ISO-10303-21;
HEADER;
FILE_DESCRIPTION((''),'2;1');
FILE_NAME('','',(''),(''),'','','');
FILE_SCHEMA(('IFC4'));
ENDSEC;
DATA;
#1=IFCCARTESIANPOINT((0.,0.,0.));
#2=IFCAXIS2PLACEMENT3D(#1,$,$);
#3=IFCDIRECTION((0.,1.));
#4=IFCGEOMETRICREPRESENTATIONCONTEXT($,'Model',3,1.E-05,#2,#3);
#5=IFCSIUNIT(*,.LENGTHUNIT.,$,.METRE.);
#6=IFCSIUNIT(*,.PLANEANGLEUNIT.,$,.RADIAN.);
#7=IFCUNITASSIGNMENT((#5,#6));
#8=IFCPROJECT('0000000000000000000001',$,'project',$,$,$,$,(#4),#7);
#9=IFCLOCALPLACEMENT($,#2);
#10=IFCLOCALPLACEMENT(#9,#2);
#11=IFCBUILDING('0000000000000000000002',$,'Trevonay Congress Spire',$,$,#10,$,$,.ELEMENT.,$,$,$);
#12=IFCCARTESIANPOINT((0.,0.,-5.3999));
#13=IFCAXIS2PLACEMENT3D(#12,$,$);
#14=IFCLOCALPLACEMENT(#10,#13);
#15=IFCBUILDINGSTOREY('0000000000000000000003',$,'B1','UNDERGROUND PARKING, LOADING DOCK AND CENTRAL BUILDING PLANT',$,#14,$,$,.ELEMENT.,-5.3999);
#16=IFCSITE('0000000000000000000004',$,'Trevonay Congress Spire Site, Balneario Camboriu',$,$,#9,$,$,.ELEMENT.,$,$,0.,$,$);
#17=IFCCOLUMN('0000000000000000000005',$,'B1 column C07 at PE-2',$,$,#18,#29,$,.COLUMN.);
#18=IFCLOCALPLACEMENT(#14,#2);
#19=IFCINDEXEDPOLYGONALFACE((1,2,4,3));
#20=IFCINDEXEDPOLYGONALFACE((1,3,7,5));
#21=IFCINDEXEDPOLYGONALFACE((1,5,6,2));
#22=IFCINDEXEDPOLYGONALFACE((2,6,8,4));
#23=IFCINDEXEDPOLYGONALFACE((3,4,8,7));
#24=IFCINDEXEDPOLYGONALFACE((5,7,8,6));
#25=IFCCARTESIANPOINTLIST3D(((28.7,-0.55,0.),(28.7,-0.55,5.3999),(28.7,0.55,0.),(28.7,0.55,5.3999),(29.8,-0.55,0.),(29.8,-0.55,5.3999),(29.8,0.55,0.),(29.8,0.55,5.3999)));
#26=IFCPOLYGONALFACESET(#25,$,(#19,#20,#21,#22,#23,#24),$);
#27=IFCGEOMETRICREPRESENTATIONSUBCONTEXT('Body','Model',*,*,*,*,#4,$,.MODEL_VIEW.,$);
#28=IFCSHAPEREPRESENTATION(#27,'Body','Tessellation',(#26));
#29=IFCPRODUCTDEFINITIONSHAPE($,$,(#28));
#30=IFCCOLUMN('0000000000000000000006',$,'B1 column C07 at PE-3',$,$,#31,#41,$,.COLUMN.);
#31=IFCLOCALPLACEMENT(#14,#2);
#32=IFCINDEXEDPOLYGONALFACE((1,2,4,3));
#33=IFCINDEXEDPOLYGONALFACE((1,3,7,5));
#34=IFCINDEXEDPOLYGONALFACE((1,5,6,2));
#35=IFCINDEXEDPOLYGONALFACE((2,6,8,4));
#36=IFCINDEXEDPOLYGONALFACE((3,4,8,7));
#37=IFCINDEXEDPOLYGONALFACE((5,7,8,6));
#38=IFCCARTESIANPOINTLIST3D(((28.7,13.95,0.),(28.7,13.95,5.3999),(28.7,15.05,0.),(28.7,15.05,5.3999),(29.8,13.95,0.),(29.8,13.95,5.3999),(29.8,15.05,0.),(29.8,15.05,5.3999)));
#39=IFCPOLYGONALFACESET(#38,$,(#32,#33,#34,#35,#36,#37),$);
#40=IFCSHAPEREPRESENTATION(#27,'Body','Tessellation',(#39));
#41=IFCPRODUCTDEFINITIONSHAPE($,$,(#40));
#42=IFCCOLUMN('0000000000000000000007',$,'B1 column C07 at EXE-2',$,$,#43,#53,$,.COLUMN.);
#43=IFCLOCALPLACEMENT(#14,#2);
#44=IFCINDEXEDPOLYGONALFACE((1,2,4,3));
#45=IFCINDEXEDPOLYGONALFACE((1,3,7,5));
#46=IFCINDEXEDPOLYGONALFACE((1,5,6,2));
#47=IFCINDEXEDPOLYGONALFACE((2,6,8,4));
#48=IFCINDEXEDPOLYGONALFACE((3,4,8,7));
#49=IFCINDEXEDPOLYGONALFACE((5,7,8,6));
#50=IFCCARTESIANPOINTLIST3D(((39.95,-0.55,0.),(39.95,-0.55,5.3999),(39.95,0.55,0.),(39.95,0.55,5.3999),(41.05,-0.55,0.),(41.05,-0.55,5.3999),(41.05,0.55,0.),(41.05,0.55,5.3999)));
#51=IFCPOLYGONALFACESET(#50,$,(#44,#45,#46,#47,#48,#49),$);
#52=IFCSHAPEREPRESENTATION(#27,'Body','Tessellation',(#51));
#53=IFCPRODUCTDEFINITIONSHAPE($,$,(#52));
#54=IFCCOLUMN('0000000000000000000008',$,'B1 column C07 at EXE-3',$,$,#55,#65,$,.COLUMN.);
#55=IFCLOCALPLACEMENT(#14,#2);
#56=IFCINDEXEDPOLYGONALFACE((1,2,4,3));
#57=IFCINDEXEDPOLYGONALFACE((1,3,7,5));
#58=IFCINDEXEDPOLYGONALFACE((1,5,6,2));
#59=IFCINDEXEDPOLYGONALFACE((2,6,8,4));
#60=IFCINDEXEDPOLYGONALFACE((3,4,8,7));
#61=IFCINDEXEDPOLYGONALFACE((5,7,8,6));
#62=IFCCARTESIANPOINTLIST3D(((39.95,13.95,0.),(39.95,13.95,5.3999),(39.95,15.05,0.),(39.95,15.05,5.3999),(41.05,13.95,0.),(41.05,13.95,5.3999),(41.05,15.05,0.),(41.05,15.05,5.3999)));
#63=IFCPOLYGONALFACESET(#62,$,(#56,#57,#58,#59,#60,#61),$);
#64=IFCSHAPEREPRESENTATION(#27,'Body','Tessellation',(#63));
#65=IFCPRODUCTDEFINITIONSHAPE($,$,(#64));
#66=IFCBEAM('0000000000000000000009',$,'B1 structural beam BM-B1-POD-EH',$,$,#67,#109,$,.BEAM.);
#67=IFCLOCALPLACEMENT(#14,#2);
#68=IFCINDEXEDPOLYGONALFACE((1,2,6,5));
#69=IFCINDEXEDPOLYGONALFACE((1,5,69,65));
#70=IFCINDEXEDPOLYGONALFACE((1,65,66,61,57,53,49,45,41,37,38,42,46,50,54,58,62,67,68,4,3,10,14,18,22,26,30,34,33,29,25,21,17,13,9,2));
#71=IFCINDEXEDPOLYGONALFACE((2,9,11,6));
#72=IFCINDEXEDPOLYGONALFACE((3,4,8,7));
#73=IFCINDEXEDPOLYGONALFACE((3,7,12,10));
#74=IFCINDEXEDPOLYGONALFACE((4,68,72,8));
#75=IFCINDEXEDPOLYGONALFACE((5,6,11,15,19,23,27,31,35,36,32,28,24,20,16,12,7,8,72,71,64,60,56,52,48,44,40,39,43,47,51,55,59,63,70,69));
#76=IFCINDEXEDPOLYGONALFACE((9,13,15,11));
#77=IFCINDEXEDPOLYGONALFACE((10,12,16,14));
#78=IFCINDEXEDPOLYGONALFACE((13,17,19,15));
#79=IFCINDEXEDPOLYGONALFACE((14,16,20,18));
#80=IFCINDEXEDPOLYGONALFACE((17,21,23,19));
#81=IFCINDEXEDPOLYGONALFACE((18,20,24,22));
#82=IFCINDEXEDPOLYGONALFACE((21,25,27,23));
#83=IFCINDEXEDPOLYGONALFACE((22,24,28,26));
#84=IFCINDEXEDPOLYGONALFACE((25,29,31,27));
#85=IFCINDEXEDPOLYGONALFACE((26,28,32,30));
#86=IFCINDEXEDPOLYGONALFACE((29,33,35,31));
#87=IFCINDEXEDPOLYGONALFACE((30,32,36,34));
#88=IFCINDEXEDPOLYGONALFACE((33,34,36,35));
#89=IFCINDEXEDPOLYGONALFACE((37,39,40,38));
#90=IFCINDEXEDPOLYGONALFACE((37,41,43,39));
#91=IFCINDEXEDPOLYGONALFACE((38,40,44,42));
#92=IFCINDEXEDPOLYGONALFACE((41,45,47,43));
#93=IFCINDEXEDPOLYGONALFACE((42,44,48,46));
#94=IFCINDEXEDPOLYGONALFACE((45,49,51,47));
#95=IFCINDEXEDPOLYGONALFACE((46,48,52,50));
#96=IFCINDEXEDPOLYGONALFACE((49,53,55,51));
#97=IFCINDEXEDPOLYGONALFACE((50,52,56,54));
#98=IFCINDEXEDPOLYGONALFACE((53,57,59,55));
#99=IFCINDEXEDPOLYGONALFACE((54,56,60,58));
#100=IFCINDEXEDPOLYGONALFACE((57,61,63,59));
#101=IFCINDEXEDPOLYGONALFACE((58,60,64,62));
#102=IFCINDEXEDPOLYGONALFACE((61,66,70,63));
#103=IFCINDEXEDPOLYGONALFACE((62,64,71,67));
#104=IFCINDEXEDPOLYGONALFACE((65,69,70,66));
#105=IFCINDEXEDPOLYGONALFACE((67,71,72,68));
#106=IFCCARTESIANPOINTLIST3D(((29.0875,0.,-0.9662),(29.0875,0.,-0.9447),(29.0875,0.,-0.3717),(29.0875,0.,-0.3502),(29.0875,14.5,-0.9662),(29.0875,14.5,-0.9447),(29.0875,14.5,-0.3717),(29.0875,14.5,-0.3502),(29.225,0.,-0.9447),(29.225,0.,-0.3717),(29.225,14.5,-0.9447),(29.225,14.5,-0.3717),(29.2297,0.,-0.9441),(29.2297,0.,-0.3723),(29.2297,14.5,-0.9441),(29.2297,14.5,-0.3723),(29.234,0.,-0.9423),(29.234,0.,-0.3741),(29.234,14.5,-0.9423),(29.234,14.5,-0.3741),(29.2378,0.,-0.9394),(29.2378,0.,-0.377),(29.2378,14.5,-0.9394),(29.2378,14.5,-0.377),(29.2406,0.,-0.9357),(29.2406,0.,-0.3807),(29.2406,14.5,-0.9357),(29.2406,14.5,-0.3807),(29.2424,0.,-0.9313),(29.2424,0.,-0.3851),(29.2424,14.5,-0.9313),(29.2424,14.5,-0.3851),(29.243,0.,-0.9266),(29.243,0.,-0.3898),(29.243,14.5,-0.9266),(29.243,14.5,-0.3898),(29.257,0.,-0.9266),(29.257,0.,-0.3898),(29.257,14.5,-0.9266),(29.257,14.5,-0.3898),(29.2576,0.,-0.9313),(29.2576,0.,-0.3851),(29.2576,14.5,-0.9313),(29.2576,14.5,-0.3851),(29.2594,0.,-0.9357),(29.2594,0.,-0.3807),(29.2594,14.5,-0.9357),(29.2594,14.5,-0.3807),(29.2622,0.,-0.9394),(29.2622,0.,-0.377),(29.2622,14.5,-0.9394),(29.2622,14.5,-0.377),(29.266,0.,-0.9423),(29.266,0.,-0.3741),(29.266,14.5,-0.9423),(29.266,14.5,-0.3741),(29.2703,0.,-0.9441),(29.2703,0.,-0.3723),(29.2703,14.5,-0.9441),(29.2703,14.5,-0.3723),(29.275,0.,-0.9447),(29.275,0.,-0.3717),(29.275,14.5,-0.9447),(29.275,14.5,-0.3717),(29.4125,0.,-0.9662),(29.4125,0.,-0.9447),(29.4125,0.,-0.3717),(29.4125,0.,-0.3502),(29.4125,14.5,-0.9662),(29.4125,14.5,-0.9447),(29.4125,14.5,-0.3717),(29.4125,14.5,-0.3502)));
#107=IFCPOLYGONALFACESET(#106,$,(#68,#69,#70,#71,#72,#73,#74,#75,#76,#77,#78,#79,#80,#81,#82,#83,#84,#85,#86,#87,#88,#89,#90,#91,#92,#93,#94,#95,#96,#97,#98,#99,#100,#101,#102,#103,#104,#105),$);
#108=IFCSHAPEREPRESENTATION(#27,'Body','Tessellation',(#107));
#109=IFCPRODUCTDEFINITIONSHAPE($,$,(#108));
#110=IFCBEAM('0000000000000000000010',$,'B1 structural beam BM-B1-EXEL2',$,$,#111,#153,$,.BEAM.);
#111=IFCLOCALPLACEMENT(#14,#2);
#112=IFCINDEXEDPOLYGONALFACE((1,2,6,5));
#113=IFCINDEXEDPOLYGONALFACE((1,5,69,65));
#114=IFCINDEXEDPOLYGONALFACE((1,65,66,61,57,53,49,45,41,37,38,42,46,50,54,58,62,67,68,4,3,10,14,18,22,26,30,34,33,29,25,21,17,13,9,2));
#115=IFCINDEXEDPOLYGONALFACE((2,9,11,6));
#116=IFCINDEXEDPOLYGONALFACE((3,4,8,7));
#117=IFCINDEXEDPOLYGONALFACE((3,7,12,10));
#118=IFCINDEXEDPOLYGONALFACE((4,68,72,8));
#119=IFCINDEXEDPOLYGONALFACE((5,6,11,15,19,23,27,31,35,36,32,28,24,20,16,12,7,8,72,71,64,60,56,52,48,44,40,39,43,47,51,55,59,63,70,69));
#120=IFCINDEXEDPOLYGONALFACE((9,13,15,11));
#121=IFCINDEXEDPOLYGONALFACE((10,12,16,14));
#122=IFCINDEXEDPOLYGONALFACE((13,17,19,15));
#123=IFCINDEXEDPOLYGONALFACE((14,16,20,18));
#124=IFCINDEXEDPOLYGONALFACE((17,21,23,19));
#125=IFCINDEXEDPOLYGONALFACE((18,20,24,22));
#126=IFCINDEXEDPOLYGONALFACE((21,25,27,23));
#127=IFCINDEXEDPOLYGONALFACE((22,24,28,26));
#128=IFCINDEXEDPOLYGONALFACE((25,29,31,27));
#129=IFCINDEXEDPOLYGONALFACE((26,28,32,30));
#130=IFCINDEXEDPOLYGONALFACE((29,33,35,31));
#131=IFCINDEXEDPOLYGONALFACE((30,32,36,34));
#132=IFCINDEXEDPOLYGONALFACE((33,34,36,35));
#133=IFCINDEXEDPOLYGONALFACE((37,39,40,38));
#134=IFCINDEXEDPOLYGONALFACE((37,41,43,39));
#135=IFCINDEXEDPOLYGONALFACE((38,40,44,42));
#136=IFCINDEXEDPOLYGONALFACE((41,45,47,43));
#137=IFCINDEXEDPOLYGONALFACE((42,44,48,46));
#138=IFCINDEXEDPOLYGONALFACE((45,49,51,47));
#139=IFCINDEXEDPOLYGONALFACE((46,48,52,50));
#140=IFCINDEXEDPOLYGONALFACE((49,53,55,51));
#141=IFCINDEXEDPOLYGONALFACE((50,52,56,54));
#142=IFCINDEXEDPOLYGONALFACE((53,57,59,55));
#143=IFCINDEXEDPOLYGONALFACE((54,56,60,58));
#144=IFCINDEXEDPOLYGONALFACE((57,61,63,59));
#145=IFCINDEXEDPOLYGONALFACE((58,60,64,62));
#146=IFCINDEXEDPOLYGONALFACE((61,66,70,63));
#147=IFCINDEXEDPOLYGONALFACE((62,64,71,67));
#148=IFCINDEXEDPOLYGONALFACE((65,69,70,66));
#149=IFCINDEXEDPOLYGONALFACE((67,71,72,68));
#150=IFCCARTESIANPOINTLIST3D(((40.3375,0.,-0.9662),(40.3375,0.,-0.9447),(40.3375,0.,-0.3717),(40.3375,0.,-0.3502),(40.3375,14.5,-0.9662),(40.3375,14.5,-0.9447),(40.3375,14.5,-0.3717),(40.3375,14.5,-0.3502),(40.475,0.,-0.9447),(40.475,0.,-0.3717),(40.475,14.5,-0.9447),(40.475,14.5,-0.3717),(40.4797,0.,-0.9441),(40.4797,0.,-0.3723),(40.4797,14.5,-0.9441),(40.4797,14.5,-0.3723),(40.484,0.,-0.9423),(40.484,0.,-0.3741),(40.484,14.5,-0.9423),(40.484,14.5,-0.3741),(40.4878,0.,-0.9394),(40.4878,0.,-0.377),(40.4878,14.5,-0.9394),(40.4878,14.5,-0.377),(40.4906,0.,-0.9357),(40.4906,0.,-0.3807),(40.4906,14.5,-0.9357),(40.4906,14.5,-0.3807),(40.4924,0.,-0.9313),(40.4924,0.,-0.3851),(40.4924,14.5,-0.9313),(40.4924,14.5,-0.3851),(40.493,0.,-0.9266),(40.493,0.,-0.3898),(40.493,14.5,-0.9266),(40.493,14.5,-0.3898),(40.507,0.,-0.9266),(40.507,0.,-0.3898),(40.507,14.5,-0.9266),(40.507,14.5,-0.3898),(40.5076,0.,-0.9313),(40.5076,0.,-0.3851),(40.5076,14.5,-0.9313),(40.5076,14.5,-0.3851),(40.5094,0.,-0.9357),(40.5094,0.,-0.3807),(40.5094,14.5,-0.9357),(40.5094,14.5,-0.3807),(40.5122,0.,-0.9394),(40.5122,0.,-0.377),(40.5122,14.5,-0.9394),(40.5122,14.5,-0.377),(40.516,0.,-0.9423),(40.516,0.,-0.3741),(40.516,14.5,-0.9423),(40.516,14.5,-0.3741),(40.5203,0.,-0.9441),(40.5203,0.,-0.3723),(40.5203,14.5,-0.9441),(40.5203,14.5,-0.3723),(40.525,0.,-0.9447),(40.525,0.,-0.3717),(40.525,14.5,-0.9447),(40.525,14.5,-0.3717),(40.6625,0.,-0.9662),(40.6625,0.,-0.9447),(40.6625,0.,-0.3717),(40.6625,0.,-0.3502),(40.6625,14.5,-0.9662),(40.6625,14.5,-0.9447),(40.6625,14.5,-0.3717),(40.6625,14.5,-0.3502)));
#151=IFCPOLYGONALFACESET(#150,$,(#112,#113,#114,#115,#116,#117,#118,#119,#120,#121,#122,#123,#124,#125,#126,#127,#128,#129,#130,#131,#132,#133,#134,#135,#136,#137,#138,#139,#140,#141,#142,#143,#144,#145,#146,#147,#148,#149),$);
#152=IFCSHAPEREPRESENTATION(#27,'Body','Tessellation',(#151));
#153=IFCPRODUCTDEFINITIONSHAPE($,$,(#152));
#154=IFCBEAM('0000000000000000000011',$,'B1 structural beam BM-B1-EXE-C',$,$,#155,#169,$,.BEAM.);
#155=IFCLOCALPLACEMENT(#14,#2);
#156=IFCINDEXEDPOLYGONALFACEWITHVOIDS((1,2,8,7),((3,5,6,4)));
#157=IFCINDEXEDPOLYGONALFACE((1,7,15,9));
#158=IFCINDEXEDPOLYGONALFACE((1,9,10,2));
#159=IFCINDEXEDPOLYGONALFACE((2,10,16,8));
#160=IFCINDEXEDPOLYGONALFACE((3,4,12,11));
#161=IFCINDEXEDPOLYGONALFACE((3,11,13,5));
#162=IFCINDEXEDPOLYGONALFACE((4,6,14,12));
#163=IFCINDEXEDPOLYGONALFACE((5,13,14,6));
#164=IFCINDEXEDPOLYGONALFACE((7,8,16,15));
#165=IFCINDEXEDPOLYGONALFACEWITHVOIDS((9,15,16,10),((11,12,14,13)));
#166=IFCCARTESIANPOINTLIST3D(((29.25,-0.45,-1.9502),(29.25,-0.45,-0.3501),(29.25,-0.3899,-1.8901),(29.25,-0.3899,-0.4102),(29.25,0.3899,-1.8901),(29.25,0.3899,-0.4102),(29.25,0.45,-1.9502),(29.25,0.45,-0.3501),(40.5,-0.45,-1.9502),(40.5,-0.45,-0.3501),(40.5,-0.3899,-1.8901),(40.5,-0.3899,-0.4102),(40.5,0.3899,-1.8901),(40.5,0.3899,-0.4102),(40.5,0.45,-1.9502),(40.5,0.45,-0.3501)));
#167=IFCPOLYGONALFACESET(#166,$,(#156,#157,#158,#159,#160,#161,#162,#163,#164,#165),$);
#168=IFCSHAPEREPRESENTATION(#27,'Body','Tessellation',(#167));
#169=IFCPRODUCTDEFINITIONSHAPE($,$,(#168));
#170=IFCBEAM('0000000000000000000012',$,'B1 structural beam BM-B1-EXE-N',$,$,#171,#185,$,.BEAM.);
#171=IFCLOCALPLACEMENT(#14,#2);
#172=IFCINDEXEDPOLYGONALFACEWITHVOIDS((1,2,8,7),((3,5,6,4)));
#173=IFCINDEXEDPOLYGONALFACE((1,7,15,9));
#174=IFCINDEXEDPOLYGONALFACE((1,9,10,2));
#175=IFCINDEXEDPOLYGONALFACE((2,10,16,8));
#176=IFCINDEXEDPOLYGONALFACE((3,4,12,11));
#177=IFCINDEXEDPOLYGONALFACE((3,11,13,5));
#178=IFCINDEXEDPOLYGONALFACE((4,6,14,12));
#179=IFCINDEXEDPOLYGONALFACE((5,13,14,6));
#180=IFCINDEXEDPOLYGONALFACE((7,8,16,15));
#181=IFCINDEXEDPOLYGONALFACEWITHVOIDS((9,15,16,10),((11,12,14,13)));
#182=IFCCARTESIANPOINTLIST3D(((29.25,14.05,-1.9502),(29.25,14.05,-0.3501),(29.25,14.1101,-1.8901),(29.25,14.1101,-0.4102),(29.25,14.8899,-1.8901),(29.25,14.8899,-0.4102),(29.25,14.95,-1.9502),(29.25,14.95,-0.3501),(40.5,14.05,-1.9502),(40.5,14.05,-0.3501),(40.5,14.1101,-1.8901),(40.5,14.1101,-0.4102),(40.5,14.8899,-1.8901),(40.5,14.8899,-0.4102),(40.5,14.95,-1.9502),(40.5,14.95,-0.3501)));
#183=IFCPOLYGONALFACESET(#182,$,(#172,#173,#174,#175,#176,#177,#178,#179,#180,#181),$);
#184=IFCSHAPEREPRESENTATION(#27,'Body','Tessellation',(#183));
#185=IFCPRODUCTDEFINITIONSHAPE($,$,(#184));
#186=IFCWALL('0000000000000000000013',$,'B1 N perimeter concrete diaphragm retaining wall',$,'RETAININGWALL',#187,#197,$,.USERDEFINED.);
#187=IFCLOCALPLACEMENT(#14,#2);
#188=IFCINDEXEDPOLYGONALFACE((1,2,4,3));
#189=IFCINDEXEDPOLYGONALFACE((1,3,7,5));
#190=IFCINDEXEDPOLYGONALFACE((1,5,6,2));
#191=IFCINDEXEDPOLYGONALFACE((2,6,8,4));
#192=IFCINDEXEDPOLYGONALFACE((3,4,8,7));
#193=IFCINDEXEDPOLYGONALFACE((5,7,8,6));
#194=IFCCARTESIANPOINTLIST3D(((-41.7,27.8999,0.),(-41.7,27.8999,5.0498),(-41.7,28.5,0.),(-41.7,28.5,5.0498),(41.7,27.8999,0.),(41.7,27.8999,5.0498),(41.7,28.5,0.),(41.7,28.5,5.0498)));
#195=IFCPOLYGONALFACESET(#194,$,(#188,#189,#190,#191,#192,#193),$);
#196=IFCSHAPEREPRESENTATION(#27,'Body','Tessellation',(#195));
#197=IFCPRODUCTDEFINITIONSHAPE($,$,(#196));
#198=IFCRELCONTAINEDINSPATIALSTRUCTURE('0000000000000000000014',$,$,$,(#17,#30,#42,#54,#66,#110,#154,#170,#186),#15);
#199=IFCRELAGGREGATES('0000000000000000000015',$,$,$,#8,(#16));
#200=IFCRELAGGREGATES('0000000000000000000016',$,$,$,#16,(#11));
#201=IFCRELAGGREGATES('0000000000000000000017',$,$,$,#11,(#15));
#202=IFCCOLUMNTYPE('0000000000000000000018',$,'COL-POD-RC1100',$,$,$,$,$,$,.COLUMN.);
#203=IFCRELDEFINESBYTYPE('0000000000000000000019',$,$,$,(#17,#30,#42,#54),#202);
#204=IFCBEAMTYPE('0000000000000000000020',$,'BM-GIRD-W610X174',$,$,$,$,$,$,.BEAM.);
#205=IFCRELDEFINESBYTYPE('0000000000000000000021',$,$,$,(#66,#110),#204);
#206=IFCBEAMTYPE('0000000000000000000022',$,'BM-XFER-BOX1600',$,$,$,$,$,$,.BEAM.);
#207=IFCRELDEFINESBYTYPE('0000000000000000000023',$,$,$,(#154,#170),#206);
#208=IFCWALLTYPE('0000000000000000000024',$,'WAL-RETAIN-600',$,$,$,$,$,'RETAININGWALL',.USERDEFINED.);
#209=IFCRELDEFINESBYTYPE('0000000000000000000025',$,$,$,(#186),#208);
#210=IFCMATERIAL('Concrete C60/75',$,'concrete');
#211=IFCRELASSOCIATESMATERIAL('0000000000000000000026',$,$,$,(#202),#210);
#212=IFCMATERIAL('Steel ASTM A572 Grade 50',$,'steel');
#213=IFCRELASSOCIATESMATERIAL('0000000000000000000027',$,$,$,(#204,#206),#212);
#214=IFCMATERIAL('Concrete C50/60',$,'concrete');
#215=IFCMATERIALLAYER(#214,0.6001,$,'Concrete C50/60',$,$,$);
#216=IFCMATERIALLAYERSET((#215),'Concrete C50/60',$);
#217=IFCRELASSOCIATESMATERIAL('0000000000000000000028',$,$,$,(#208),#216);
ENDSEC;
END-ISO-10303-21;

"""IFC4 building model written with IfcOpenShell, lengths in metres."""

from ifc_helpers import new_model, si_unit, direction, frame, frame_2d, origin, origin_2d, place, context, subcontext, project, spatial, rectangle, hollow_rectangle, i_section, extrude, material, layer, layer_set, material_profile, profile_set, type_object, element, save


model = new_model("IFC4")

# Units and contexts
model_context = context("Model", 3, precision=1e-05, world=origin(), true_north=direction((0.0, 1.0)))
body_context = subcontext(model_context, "Body", "Model", "MODEL_VIEW")
ifc_project = project(units=[si_unit("LENGTHUNIT", "METRE"), si_unit("PLANEANGLEUNIT", "RADIAN")], contexts=[model_context])

# Site, building, storey
site_placement = place(None, origin())
site = spatial("IfcSite", under=ifc_project, at=site_placement, Name="Trevonay Congress Spire Site, Balneario Camboriu", CompositionType="ELEMENT", RefElevation=0.0)
building_placement = place(site_placement, origin())
building = spatial("IfcBuilding", under=site, at=building_placement, Name="Trevonay Congress Spire", CompositionType="ELEMENT")
storey_placement = place(building_placement, frame((0.0, 0.0, -5.3999)))
storey = spatial("IfcBuildingStorey", under=building, at=storey_placement, Name="B1", Description="UNDERGROUND PARKING, LOADING DOCK AND CENTRAL BUILDING PLANT", CompositionType="ELEMENT", Elevation=-5.3999)

# Columns
ifc_material_1 = material(Name="Concrete C60/75", Category="concrete")
ifc_material_profile_1 = material_profile(ifc_material_1, rectangle(XDim=1.1001, YDim=1.1001, at=origin_2d()), Name="RC 1100x1100")
ifc_profile_set_1 = profile_set([ifc_material_profile_1], Name="Concrete C60/75")
column_type = type_object("IfcColumnType", Name="COL-POD-RC1100", PredefinedType="COLUMN", material=ifc_profile_set_1)
for number, where, z_axis, x_axis, name in (
    (1, (29.25, 0.0, 0.0), (0.0, 0.0, 1.0), (1.0, 0.0, 0.0), "B1 column C07 at PE-2"),
    (2, (29.25, 14.5, 0.0), (0.0, 0.0, 1.0), (1.0, 0.0, 0.0), "B1 column C07 at PE-3"),
    (3, (40.5, 0.0, 0.0), (0.0, 0.0, 1.0), (1.0, 0.0, 0.0), "B1 column C07 at EXE-2"),
    (4, (40.5, 14.5, 0.0), (0.0, 0.0, 1.0), (1.0, 0.0, 0.0), "B1 column C07 at EXE-3"),
):
    element("IfcColumn", number, at=place(storey_placement, frame(where, z_axis=z_axis, x_axis=x_axis)), inside=storey, type_object=column_type, Name=name, PredefinedType="COLUMN", context=body_context, shape_type="SweptSolid", body=[
        extrude(rectangle(XDim=1.1001, YDim=1.1001, at=origin_2d()), origin(), (0.0, 0.0, 1.0), 5.3999),
    ])

# Beams
ifc_material_2 = material(Name="Steel ASTM A572 Grade 50", Category="steel")
ifc_material_profile_2 = material_profile(ifc_material_2, i_section(OverallWidth=0.325, OverallDepth=0.616, WebThickness=0.0139, FlangeThickness=0.0215, FilletRadius=0.0181, at=origin_2d()), Name="W610x174")
ifc_profile_set_2 = profile_set([ifc_material_profile_2], Name="Steel ASTM A572 Grade 50")
beam_type_1 = type_object("IfcBeamType", Name="BM-GIRD-W610X174", PredefinedType="BEAM", material=ifc_profile_set_2)
for number, where, z_axis, x_axis, name in (
    (5, (29.25, 0.0, -0.6582), (0.0, 1.0, 0.0), (-1.0, 0.0, 0.0), "B1 structural beam BM-B1-POD-EH"),
    (6, (40.5, 0.0, -0.6582), (0.0, 1.0, 0.0), (-1.0, 0.0, 0.0), "B1 structural beam BM-B1-EXEL2"),
):
    element("IfcBeam", number, at=place(storey_placement, frame(where, z_axis=z_axis, x_axis=x_axis)), inside=storey, type_object=beam_type_1, Name=name, PredefinedType="BEAM", context=body_context, shape_type="SweptSolid", body=[
        extrude(i_section(OverallWidth=0.325, OverallDepth=0.616, WebThickness=0.0139, FlangeThickness=0.0215, FilletRadius=0.0181, at=origin_2d()), origin(), (0.0, 0.0, 1.0), 14.5),
    ])
ifc_material_profile_3 = material_profile(ifc_material_2, hollow_rectangle(XDim=0.8999, YDim=1.6001, WallThickness=0.0601, at=origin_2d()), Name="BOX 1600x900x60")
ifc_profile_set_3 = profile_set([ifc_material_profile_3], Name="Steel ASTM A572 Grade 50")
beam_type_2 = type_object("IfcBeamType", Name="BM-XFER-BOX1600", PredefinedType="BEAM", material=ifc_profile_set_3)
for number, where, z_axis, x_axis, name in (
    (7, (29.25, 0.0, -1.1501), (1.0, 0.0, 0.0), (0.0, 1.0, 0.0), "B1 structural beam BM-B1-EXE-C"),
    (8, (29.25, 14.5, -1.1501), (1.0, 0.0, 0.0), (0.0, 1.0, 0.0), "B1 structural beam BM-B1-EXE-N"),
):
    element("IfcBeam", number, at=place(storey_placement, frame(where, z_axis=z_axis, x_axis=x_axis)), inside=storey, type_object=beam_type_2, Name=name, PredefinedType="BEAM", context=body_context, shape_type="SweptSolid", body=[
        extrude(hollow_rectangle(XDim=0.8999, YDim=1.6001, WallThickness=0.0601, at=origin_2d()), origin(), (0.0, 0.0, 1.0), 11.25),
    ])

# Wall
ifc_material_3 = material(Name="Concrete C50/60", Category="concrete")
ifc_layer_1 = layer(ifc_material_3, 0.6001, Name="Concrete C50/60")
ifc_layer_set_1 = layer_set([ifc_layer_1], Name="Concrete C50/60")
wall_type_1 = type_object("IfcWallType", Name="WAL-RETAIN-600", ElementType="RETAININGWALL", PredefinedType="USERDEFINED", material=ifc_layer_set_1)
wall_1_placement = place(storey_placement, frame((41.7, 28.2, 0.0), z_axis=(0.0, 0.0, 1.0), x_axis=(-1.0, 0.0, 0.0)))
element("IfcWall", 9, at=wall_1_placement, inside=storey, type_object=wall_type_1, Name="B1 N perimeter concrete diaphragm retaining wall", ObjectType="RETAININGWALL", PredefinedType="USERDEFINED", context=body_context, shape_type="SweptSolid", body=[
    extrude(rectangle(XDim=83.3999, YDim=0.6001, at=frame_2d((41.7, 0.0))), origin(), (0.0, 0.0, 1.0), 5.0498),
])

save(model, "model.ifc")
